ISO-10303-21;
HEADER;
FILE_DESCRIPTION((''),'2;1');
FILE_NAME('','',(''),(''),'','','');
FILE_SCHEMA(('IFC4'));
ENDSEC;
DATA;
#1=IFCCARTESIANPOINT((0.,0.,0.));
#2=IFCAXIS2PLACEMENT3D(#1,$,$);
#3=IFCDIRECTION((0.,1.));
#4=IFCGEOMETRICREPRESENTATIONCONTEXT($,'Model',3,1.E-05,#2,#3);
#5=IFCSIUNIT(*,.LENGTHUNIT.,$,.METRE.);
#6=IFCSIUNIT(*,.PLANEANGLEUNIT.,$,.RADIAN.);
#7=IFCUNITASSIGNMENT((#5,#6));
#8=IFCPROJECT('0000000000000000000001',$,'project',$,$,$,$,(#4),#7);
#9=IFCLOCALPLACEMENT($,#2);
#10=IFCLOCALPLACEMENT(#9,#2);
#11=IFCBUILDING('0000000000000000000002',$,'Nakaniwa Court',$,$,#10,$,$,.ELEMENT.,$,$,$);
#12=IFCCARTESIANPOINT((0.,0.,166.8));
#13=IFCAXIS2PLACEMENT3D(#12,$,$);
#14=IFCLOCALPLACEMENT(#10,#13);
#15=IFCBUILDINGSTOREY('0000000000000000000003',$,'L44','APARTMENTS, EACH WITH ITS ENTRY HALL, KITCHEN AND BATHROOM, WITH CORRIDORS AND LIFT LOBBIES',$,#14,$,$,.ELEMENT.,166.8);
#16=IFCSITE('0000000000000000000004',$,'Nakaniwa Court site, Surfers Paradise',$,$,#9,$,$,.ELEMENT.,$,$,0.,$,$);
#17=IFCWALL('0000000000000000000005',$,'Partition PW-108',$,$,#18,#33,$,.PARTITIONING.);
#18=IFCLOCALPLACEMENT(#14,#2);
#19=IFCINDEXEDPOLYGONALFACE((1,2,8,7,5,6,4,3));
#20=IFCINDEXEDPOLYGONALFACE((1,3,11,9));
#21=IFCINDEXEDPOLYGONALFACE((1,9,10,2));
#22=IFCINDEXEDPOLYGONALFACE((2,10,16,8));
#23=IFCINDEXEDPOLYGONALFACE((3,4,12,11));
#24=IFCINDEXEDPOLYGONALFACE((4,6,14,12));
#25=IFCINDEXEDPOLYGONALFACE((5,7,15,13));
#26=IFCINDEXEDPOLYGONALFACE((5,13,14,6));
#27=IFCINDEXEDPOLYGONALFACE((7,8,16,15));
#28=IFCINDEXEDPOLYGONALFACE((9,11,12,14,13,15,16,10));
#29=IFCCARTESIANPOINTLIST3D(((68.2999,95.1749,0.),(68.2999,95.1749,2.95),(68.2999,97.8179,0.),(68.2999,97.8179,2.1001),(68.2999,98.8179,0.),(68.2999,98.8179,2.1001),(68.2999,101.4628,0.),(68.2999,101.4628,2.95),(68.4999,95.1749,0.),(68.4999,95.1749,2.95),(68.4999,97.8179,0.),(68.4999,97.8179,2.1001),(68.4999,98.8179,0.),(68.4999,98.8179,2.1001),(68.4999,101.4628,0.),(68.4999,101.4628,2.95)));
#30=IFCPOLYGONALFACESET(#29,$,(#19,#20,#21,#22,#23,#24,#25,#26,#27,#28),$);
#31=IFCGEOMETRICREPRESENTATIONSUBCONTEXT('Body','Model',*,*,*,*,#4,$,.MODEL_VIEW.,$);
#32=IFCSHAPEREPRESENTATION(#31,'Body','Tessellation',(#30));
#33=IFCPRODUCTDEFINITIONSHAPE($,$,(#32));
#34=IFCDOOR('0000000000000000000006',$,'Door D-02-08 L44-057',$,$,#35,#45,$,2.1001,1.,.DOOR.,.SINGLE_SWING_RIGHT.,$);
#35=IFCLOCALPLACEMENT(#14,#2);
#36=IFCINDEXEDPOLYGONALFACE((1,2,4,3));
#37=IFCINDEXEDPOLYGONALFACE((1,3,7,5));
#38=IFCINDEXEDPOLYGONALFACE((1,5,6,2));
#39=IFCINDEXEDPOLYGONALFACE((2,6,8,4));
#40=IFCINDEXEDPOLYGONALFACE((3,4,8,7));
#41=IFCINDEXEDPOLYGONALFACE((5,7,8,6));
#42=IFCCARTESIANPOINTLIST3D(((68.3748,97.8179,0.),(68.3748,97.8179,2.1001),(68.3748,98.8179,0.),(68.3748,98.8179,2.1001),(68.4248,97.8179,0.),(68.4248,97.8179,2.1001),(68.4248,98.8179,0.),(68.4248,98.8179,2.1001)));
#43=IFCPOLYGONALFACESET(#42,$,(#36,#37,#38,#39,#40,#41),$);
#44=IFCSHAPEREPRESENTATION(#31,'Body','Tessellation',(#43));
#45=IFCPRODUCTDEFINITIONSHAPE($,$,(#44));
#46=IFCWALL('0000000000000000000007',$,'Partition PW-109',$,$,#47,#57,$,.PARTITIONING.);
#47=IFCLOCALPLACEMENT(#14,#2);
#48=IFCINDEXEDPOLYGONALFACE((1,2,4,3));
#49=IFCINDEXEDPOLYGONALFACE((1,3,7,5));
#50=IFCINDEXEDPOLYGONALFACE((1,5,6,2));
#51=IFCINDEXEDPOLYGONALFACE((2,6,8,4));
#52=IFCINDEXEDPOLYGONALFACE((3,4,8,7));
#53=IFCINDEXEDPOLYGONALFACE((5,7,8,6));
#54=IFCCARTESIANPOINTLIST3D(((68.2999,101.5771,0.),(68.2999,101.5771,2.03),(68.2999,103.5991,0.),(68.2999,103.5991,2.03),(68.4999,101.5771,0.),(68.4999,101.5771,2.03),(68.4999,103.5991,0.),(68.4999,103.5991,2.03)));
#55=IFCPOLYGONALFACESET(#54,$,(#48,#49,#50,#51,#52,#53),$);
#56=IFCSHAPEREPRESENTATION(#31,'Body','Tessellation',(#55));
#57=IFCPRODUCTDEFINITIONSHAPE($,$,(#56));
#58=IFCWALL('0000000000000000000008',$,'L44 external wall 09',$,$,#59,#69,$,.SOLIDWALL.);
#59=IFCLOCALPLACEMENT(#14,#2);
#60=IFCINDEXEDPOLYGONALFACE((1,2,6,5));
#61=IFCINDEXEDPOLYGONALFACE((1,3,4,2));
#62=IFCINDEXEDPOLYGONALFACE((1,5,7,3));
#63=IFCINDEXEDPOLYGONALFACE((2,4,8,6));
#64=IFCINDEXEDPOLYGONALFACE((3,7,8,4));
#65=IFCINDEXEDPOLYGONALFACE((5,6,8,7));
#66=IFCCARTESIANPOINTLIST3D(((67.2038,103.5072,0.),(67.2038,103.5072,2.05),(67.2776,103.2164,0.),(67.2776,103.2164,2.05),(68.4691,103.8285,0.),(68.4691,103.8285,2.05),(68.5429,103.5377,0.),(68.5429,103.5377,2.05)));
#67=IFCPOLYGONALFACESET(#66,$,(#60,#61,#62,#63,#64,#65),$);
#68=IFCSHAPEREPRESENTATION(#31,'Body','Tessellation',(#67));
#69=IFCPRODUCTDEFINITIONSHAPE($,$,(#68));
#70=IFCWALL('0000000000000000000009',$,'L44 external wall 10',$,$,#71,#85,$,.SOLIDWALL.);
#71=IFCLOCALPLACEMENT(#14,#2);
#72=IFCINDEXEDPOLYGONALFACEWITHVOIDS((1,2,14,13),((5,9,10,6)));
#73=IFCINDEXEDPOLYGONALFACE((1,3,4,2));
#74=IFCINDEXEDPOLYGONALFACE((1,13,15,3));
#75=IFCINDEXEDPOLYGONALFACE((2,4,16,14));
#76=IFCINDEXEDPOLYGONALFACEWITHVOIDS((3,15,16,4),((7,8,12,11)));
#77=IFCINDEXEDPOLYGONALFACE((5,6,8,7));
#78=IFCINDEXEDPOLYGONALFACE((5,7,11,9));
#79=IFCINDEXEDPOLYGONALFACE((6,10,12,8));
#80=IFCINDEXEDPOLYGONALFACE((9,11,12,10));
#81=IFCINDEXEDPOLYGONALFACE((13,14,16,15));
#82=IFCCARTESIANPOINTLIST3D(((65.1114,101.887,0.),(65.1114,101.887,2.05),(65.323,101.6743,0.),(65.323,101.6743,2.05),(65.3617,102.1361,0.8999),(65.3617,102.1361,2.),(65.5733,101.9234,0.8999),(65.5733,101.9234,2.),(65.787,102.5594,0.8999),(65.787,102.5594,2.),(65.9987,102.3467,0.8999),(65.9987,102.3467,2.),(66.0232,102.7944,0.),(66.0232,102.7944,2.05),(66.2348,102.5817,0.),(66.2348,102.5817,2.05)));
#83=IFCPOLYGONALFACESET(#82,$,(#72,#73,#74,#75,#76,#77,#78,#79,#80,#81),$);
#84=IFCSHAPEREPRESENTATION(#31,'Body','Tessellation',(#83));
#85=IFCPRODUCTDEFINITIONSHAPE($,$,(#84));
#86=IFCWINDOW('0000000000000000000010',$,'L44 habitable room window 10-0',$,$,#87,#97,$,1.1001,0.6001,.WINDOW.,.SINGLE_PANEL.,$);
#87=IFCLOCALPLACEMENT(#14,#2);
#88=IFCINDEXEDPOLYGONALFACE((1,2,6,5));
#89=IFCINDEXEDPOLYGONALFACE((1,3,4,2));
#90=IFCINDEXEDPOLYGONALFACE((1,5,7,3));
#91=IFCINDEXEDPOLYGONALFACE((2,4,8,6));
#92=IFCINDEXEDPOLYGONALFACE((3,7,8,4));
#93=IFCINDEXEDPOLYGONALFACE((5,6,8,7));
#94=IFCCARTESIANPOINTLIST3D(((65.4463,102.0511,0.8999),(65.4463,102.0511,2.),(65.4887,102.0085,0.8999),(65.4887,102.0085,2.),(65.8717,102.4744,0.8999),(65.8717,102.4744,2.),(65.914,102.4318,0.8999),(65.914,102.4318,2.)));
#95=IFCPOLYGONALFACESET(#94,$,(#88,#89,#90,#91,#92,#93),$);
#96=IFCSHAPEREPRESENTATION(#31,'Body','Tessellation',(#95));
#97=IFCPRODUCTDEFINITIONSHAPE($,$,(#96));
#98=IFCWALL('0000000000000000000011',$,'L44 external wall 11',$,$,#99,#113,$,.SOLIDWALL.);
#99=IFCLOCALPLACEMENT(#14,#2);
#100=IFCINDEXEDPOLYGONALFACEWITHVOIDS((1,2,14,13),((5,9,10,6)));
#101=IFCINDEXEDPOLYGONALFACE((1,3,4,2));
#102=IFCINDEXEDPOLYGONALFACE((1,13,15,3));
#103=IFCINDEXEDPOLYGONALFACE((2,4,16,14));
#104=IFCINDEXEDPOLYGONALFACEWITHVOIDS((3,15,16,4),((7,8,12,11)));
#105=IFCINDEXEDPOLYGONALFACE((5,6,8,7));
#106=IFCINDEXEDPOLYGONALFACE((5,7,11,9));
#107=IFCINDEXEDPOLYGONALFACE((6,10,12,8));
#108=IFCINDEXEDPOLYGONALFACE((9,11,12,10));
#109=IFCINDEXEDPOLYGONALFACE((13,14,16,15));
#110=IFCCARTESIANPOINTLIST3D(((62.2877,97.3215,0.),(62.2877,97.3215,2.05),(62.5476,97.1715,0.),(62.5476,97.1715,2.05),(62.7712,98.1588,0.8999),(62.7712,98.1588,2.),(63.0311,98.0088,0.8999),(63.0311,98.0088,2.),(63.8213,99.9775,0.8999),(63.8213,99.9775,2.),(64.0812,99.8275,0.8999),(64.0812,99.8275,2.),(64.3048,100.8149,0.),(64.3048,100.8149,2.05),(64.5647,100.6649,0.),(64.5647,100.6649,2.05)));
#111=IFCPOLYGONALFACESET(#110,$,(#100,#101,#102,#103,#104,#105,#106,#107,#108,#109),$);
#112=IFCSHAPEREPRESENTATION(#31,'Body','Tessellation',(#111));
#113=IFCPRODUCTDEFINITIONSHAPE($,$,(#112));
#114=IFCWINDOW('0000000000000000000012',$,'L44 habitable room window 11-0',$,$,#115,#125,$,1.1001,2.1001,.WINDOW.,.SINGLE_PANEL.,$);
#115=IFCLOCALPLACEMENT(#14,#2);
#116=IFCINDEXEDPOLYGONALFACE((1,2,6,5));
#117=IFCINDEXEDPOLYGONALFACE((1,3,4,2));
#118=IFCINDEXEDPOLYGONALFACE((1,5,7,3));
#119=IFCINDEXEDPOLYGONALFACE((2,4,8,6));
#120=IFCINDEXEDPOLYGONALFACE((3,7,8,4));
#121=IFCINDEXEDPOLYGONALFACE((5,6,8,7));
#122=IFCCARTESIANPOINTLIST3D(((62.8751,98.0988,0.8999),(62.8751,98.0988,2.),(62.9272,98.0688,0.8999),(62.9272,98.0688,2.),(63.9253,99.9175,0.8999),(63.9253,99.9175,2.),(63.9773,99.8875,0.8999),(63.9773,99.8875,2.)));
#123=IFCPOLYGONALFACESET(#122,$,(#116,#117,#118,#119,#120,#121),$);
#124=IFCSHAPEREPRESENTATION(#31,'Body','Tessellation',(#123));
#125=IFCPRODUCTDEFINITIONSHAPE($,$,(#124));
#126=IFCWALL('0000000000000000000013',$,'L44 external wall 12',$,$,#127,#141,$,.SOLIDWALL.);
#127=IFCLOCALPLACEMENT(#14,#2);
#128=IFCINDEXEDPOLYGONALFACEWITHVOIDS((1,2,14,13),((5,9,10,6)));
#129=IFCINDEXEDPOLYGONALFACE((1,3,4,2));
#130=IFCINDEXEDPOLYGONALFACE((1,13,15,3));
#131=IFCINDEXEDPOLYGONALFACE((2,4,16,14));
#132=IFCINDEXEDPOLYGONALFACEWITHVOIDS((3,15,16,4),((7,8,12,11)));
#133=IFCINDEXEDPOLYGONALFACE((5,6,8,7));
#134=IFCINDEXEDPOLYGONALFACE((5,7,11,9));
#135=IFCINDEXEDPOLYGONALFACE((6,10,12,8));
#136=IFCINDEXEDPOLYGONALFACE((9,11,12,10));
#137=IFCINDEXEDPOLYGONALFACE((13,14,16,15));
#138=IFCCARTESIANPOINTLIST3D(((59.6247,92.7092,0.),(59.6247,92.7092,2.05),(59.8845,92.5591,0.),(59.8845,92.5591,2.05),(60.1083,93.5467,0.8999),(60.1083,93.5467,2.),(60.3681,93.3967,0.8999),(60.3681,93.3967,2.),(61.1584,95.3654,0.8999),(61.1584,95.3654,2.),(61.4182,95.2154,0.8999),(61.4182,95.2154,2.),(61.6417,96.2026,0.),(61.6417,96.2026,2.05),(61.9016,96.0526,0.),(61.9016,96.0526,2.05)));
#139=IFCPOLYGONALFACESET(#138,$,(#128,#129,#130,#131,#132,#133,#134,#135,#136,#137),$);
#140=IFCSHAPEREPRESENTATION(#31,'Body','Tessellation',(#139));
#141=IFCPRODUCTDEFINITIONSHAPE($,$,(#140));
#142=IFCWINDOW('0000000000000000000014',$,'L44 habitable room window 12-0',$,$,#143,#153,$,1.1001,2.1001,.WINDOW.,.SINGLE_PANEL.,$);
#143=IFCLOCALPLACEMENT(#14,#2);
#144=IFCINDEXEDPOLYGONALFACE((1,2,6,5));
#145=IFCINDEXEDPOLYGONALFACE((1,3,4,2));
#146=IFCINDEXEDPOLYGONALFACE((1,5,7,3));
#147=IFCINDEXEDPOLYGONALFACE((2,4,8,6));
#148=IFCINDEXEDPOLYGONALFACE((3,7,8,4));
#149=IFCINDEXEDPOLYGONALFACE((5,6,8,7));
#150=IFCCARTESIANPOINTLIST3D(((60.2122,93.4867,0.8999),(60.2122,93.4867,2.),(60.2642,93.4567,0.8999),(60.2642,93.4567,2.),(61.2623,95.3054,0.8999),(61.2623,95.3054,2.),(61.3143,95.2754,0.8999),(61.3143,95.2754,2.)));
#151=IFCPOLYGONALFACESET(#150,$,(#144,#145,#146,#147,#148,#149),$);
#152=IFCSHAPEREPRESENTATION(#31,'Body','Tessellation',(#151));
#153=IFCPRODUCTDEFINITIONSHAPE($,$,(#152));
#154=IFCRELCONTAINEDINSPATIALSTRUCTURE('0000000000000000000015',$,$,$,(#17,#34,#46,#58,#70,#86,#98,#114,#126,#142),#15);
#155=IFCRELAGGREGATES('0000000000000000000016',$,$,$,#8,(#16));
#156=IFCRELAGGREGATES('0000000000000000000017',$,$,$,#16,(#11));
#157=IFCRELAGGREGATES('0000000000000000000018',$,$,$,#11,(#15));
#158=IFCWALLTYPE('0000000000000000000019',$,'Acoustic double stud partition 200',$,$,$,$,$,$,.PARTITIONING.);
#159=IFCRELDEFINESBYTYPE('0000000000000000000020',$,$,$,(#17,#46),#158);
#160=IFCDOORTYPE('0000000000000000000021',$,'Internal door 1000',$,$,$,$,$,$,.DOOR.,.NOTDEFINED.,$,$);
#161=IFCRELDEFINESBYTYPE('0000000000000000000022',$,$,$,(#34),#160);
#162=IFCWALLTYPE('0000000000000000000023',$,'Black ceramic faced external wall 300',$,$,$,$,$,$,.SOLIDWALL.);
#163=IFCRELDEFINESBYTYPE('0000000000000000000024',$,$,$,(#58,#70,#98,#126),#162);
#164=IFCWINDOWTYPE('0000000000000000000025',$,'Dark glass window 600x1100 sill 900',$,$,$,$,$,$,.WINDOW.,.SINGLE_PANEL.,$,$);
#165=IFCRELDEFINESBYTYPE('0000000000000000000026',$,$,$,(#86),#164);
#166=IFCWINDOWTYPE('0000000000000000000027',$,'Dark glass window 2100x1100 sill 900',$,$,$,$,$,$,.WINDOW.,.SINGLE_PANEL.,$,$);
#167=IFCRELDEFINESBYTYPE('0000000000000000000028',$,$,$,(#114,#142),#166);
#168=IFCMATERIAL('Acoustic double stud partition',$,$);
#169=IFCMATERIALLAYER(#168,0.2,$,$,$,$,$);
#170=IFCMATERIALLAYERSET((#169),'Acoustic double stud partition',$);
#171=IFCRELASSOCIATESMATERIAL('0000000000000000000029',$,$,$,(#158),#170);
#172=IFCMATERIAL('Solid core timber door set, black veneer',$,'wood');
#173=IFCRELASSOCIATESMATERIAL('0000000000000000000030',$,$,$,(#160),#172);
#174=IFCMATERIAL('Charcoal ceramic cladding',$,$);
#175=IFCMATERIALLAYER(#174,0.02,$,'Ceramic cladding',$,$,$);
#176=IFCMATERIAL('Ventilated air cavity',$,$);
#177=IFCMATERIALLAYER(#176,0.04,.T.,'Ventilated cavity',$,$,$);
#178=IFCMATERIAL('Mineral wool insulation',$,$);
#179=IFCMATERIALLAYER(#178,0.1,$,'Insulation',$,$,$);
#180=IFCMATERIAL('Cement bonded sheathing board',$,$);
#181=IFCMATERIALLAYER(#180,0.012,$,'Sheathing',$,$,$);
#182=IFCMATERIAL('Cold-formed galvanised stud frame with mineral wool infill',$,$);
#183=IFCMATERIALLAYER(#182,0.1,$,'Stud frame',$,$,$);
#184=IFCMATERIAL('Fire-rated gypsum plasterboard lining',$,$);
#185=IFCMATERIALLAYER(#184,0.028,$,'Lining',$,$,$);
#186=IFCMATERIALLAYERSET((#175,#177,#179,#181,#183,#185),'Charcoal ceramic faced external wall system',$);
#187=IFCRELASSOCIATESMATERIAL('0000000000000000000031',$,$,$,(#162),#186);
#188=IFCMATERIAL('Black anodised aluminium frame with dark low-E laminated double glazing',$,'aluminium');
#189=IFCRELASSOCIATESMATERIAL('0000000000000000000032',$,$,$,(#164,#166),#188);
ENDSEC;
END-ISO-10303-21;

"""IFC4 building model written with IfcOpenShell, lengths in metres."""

from ifc_helpers import new_model, si_unit, direction, frame, frame_2d, origin, place, context, subcontext, project, spatial, rectangle, extrude, material, layer, layer_set, type_object, element, fill, save


model = new_model("IFC4")

# Units and contexts
model_context = context("Model", 3, precision=1e-05, world=origin(), true_north=direction((0.0, 1.0)))
body_context = subcontext(model_context, "Body", "Model", "MODEL_VIEW")
ifc_project = project(units=[si_unit("LENGTHUNIT", "METRE"), si_unit("PLANEANGLEUNIT", "RADIAN")], contexts=[model_context])

# Site, building, storey
site_placement = place(None, origin())
site = spatial("IfcSite", under=ifc_project, at=site_placement, Name="Nakaniwa Court site, Surfers Paradise", CompositionType="ELEMENT", RefElevation=0.0)
building_placement = place(site_placement, origin())
building = spatial("IfcBuilding", under=site, at=building_placement, Name="Nakaniwa Court", CompositionType="ELEMENT")
storey_placement = place(building_placement, frame((0.0, 0.0, 166.8)))
storey = spatial("IfcBuildingStorey", under=building, at=storey_placement, Name="L44", Description="APARTMENTS, EACH WITH ITS ENTRY HALL, KITCHEN AND BATHROOM, WITH CORRIDORS AND LIFT LOBBIES", CompositionType="ELEMENT", Elevation=166.8)

# Shared definitions
ifc_material_1 = material(Name="Acoustic double stud partition")
ifc_layer_1 = layer(ifc_material_1, 0.2)
ifc_layer_set_1 = layer_set([ifc_layer_1], Name="Acoustic double stud partition")
wall_type_1 = type_object("IfcWallType", Name="Acoustic double stud partition 200", PredefinedType="PARTITIONING", material=ifc_layer_set_1)

# Wall, opening, door
wall_1_placement = place(storey_placement, frame((68.3999, 101.4629, 0.0), z_axis=(0.0, 0.0, 1.0), x_axis=(0.0, -1.0, 0.0)))
wall_1 = element("IfcWall", 1, at=wall_1_placement, inside=storey, type_object=wall_type_1, Name="Partition PW-108", PredefinedType="PARTITIONING", context=body_context, shape_type="SweptSolid", body=[
    extrude(rectangle(XDim=6.2878, YDim=0.2, at=frame_2d((3.144, 0.0))), origin(), (0.0, 0.0, 1.0), 2.95),
])
opening_1_placement = place(wall_1_placement, frame((2.645, 0.0, 0.0)))
opening_1 = element("IfcOpeningElement", 2, at=opening_1_placement, cuts=wall_1, PredefinedType="OPENING", context=body_context, shape_type="SweptSolid", body=[
    extrude(rectangle(XDim=1.0, YDim=2.1001, at=frame_2d((0.5, 1.05))), frame((0.0, 0.1099, 0.0), z_axis=(0.0, -1.0, 0.0), x_axis=(1.0, 0.0, 0.0)), (0.0, 0.0, 1.0), 0.22),
])
ifc_material_2 = material(Name="Solid core timber door set, black veneer", Category="wood")
door_type_1 = type_object("IfcDoorType", Name="Internal door 1000", OperationType="NOTDEFINED", PredefinedType="DOOR", material=ifc_material_2)
door_1_placement = place(opening_1_placement, origin())
door_1 = element("IfcDoor", 3, at=door_1_placement, inside=storey, type_object=door_type_1, Name="Door D-02-08 L44-057", OperationType="SINGLE_SWING_RIGHT", OverallHeight=2.1001, OverallWidth=1.0, PredefinedType="DOOR", context=body_context, shape_type="SweptSolid", body=[
    extrude(rectangle(XDim=1.0, YDim=2.1001, at=frame_2d((0.5, 1.05))), frame((0.0, 0.0249, 0.0), z_axis=(0.0, -1.0, 0.0), x_axis=(1.0, 0.0, 0.0)), (0.0, 0.0, 1.0), 0.05),
])
fill(opening_1, door_1)

# Walls
wall_2_placement = place(storey_placement, frame((68.3999, 101.5771, 0.0), z_axis=(0.0, 0.0, 1.0), x_axis=(0.0, 1.0, 0.0)))
element("IfcWall", 4, at=wall_2_placement, inside=storey, type_object=wall_type_1, Name="Partition PW-109", PredefinedType="PARTITIONING", context=body_context, shape_type="SweptSolid", body=[
    extrude(rectangle(XDim=2.022, YDim=0.2, at=frame_2d((1.011, 0.0))), origin(), (0.0, 0.0, 1.0), 2.03),
])
ifc_material_3 = material(Name="Charcoal ceramic cladding")
ifc_layer_2 = layer(ifc_material_3, 0.02, Name="Ceramic cladding")
ifc_material_4 = material(Name="Ventilated air cavity")
ifc_layer_3 = layer(ifc_material_4, 0.04, ventilated=True, Name="Ventilated cavity")
ifc_material_5 = material(Name="Mineral wool insulation")
ifc_layer_4 = layer(ifc_material_5, 0.1, Name="Insulation")
ifc_material_6 = material(Name="Cement bonded sheathing board")
ifc_layer_5 = layer(ifc_material_6, 0.012, Name="Sheathing")
ifc_material_7 = material(Name="Cold-formed galvanised stud frame with mineral wool infill")
ifc_layer_6 = layer(ifc_material_7, 0.1, Name="Stud frame")
ifc_material_8 = material(Name="Fire-rated gypsum plasterboard lining")
ifc_layer_7 = layer(ifc_material_8, 0.028, Name="Lining")
ifc_layer_set_2 = layer_set([ifc_layer_2, ifc_layer_3, ifc_layer_4, ifc_layer_5, ifc_layer_6, ifc_layer_7], Name="Charcoal ceramic faced external wall system")
wall_type_2 = type_object("IfcWallType", Name="Black ceramic faced external wall 300", PredefinedType="SOLIDWALL", material=ifc_layer_set_2)
wall_3_placement = place(storey_placement, frame((68.5061, 103.6831, 0.0), z_axis=(0.0, 0.0, 1.0), x_axis=(-0.969245, -0.246098, 0.0)))
element("IfcWall", 5, at=wall_3_placement, inside=storey, type_object=wall_type_2, Name="L44 external wall 09", PredefinedType="SOLIDWALL", context=body_context, shape_type="SweptSolid", body=[
    extrude(rectangle(XDim=1.3054, YDim=0.3, at=frame_2d((0.6528, 0.0))), origin(), (0.0, 0.0, 1.0), 2.05),
])

# Walls, openings, windows
wall_4_placement = place(storey_placement, frame((66.1289, 102.688, 0.0), z_axis=(0.0, 0.0, 1.0), x_axis=(-0.708813, -0.705397, 0.0)))
wall_4 = element("IfcWall", 6, at=wall_4_placement, inside=storey, type_object=wall_type_2, Name="L44 external wall 10", PredefinedType="SOLIDWALL", context=body_context, shape_type="SweptSolid", body=[
    extrude(rectangle(XDim=1.2864, YDim=0.3, at=frame_2d((0.6431, 0.0))), origin(), (0.0, 0.0, 1.0), 2.05),
])
opening_2_placement = place(wall_4_placement, frame((0.333, 0.0, 0.8999)))
opening_2 = element("IfcOpeningElement", 7, at=opening_2_placement, cuts=wall_4, PredefinedType="OPENING", context=body_context, shape_type="SweptSolid", body=[
    extrude(rectangle(XDim=0.6001, YDim=1.1001, at=frame_2d((0.3, 0.55))), frame((0.0, 0.1599, 0.0), z_axis=(0.0, -1.0, 0.0), x_axis=(1.0, 0.0, 0.0)), (0.0, 0.0, 1.0), 0.3201),
])
ifc_material_9 = material(Name="Black anodised aluminium frame with dark low-E laminated double glazing", Category="aluminium")
window_type_1 = type_object("IfcWindowType", Name="Dark glass window 600x1100 sill 900", PartitioningType="SINGLE_PANEL", PredefinedType="WINDOW", material=ifc_material_9)
window_1_placement = place(opening_2_placement, origin())
window_1 = element("IfcWindow", 8, at=window_1_placement, inside=storey, type_object=window_type_1, Name="L44 habitable room window 10-0", OverallHeight=1.1001, OverallWidth=0.6001, PartitioningType="SINGLE_PANEL", PredefinedType="WINDOW", context=body_context, shape_type="SweptSolid", body=[
    extrude(rectangle(XDim=0.6001, YDim=1.1001, at=frame_2d((0.3, 0.55))), frame((0.0, 0.03, 0.0), z_axis=(0.0, -1.0, 0.0), x_axis=(1.0, 0.0, 0.0)), (0.0, 0.0, 1.0), 0.0601),
])
fill(opening_2, window_1)
wall_5_placement = place(storey_placement, frame((64.4348, 100.74, 0.0), z_axis=(0.0, 0.0, 1.0), x_axis=(-0.500032, -0.866007, 0.0)))
wall_5 = element("IfcWall", 9, at=wall_5_placement, inside=storey, type_object=wall_type_2, Name="L44 external wall 11", PredefinedType="SOLIDWALL", context=body_context, shape_type="SweptSolid", body=[
    extrude(rectangle(XDim=4.0339, YDim=0.3, at=frame_2d((2.0171, 0.0))), origin(), (0.0, 0.0, 1.0), 2.05),
])
opening_3_placement = place(wall_5_placement, frame((0.967, 0.0, 0.8999)))
opening_3 = element("IfcOpeningElement", 10, at=opening_3_placement, cuts=wall_5, PredefinedType="OPENING", context=body_context, shape_type="SweptSolid", body=[
    extrude(rectangle(XDim=2.1001, YDim=1.1001, at=frame_2d((1.05, 0.55))), frame((0.0, 0.1599, 0.0), z_axis=(0.0, -1.0, 0.0), x_axis=(1.0, 0.0, 0.0)), (0.0, 0.0, 1.0), 0.3201),
])
window_type_2 = type_object("IfcWindowType", Name="Dark glass window 2100x1100 sill 900", PartitioningType="SINGLE_PANEL", PredefinedType="WINDOW", material=ifc_material_9)
window_2_placement = place(opening_3_placement, origin())
window_2 = element("IfcWindow", 11, at=window_2_placement, inside=storey, type_object=window_type_2, Name="L44 habitable room window 11-0", OverallHeight=1.1001, OverallWidth=2.1001, PartitioningType="SINGLE_PANEL", PredefinedType="WINDOW", context=body_context, shape_type="SweptSolid", body=[
    extrude(rectangle(XDim=2.1001, YDim=1.1001, at=frame_2d((1.05, 0.55))), frame((0.0, 0.03, 0.0), z_axis=(0.0, -1.0, 0.0), x_axis=(1.0, 0.0, 0.0)), (0.0, 0.0, 1.0), 0.0601),
])
fill(opening_3, window_2)
wall_6_placement = place(storey_placement, frame((61.7717, 96.1277, 0.0), z_axis=(0.0, 0.0, 1.0), x_axis=(-0.500032, -0.866007, 0.0)))
wall_6 = element("IfcWall", 12, at=wall_6_placement, inside=storey, type_object=wall_type_2, Name="L44 external wall 12", PredefinedType="SOLIDWALL", context=body_context, shape_type="SweptSolid", body=[
    extrude(rectangle(XDim=4.0339, YDim=0.3, at=frame_2d((2.0171, 0.0))), origin(), (0.0, 0.0, 1.0), 2.05),
])
opening_4_placement = place(wall_6_placement, frame((0.9668, 0.0, 0.8999)))
opening_4 = element("IfcOpeningElement", 13, at=opening_4_placement, cuts=wall_6, PredefinedType="OPENING", context=body_context, shape_type="SweptSolid", body=[
    extrude(rectangle(XDim=2.1001, YDim=1.1001, at=frame_2d((1.05, 0.55))), frame((0.0, 0.1599, 0.0), z_axis=(0.0, -1.0, 0.0), x_axis=(1.0, 0.0, 0.0)), (0.0, 0.0, 1.0), 0.3201),
])
window_3_placement = place(opening_4_placement, origin())
window_3 = element("IfcWindow", 14, at=window_3_placement, inside=storey, type_object=window_type_2, Name="L44 habitable room window 12-0", OverallHeight=1.1001, OverallWidth=2.1001, PartitioningType="SINGLE_PANEL", PredefinedType="WINDOW", context=body_context, shape_type="SweptSolid", body=[
    extrude(rectangle(XDim=2.1001, YDim=1.1001, at=frame_2d((1.05, 0.55))), frame((0.0, 0.03, 0.0), z_axis=(0.0, -1.0, 0.0), x_axis=(1.0, 0.0, 0.0)), (0.0, 0.0, 1.0), 0.0601),
])
fill(opening_4, window_3)

save(model, "model.ifc")
